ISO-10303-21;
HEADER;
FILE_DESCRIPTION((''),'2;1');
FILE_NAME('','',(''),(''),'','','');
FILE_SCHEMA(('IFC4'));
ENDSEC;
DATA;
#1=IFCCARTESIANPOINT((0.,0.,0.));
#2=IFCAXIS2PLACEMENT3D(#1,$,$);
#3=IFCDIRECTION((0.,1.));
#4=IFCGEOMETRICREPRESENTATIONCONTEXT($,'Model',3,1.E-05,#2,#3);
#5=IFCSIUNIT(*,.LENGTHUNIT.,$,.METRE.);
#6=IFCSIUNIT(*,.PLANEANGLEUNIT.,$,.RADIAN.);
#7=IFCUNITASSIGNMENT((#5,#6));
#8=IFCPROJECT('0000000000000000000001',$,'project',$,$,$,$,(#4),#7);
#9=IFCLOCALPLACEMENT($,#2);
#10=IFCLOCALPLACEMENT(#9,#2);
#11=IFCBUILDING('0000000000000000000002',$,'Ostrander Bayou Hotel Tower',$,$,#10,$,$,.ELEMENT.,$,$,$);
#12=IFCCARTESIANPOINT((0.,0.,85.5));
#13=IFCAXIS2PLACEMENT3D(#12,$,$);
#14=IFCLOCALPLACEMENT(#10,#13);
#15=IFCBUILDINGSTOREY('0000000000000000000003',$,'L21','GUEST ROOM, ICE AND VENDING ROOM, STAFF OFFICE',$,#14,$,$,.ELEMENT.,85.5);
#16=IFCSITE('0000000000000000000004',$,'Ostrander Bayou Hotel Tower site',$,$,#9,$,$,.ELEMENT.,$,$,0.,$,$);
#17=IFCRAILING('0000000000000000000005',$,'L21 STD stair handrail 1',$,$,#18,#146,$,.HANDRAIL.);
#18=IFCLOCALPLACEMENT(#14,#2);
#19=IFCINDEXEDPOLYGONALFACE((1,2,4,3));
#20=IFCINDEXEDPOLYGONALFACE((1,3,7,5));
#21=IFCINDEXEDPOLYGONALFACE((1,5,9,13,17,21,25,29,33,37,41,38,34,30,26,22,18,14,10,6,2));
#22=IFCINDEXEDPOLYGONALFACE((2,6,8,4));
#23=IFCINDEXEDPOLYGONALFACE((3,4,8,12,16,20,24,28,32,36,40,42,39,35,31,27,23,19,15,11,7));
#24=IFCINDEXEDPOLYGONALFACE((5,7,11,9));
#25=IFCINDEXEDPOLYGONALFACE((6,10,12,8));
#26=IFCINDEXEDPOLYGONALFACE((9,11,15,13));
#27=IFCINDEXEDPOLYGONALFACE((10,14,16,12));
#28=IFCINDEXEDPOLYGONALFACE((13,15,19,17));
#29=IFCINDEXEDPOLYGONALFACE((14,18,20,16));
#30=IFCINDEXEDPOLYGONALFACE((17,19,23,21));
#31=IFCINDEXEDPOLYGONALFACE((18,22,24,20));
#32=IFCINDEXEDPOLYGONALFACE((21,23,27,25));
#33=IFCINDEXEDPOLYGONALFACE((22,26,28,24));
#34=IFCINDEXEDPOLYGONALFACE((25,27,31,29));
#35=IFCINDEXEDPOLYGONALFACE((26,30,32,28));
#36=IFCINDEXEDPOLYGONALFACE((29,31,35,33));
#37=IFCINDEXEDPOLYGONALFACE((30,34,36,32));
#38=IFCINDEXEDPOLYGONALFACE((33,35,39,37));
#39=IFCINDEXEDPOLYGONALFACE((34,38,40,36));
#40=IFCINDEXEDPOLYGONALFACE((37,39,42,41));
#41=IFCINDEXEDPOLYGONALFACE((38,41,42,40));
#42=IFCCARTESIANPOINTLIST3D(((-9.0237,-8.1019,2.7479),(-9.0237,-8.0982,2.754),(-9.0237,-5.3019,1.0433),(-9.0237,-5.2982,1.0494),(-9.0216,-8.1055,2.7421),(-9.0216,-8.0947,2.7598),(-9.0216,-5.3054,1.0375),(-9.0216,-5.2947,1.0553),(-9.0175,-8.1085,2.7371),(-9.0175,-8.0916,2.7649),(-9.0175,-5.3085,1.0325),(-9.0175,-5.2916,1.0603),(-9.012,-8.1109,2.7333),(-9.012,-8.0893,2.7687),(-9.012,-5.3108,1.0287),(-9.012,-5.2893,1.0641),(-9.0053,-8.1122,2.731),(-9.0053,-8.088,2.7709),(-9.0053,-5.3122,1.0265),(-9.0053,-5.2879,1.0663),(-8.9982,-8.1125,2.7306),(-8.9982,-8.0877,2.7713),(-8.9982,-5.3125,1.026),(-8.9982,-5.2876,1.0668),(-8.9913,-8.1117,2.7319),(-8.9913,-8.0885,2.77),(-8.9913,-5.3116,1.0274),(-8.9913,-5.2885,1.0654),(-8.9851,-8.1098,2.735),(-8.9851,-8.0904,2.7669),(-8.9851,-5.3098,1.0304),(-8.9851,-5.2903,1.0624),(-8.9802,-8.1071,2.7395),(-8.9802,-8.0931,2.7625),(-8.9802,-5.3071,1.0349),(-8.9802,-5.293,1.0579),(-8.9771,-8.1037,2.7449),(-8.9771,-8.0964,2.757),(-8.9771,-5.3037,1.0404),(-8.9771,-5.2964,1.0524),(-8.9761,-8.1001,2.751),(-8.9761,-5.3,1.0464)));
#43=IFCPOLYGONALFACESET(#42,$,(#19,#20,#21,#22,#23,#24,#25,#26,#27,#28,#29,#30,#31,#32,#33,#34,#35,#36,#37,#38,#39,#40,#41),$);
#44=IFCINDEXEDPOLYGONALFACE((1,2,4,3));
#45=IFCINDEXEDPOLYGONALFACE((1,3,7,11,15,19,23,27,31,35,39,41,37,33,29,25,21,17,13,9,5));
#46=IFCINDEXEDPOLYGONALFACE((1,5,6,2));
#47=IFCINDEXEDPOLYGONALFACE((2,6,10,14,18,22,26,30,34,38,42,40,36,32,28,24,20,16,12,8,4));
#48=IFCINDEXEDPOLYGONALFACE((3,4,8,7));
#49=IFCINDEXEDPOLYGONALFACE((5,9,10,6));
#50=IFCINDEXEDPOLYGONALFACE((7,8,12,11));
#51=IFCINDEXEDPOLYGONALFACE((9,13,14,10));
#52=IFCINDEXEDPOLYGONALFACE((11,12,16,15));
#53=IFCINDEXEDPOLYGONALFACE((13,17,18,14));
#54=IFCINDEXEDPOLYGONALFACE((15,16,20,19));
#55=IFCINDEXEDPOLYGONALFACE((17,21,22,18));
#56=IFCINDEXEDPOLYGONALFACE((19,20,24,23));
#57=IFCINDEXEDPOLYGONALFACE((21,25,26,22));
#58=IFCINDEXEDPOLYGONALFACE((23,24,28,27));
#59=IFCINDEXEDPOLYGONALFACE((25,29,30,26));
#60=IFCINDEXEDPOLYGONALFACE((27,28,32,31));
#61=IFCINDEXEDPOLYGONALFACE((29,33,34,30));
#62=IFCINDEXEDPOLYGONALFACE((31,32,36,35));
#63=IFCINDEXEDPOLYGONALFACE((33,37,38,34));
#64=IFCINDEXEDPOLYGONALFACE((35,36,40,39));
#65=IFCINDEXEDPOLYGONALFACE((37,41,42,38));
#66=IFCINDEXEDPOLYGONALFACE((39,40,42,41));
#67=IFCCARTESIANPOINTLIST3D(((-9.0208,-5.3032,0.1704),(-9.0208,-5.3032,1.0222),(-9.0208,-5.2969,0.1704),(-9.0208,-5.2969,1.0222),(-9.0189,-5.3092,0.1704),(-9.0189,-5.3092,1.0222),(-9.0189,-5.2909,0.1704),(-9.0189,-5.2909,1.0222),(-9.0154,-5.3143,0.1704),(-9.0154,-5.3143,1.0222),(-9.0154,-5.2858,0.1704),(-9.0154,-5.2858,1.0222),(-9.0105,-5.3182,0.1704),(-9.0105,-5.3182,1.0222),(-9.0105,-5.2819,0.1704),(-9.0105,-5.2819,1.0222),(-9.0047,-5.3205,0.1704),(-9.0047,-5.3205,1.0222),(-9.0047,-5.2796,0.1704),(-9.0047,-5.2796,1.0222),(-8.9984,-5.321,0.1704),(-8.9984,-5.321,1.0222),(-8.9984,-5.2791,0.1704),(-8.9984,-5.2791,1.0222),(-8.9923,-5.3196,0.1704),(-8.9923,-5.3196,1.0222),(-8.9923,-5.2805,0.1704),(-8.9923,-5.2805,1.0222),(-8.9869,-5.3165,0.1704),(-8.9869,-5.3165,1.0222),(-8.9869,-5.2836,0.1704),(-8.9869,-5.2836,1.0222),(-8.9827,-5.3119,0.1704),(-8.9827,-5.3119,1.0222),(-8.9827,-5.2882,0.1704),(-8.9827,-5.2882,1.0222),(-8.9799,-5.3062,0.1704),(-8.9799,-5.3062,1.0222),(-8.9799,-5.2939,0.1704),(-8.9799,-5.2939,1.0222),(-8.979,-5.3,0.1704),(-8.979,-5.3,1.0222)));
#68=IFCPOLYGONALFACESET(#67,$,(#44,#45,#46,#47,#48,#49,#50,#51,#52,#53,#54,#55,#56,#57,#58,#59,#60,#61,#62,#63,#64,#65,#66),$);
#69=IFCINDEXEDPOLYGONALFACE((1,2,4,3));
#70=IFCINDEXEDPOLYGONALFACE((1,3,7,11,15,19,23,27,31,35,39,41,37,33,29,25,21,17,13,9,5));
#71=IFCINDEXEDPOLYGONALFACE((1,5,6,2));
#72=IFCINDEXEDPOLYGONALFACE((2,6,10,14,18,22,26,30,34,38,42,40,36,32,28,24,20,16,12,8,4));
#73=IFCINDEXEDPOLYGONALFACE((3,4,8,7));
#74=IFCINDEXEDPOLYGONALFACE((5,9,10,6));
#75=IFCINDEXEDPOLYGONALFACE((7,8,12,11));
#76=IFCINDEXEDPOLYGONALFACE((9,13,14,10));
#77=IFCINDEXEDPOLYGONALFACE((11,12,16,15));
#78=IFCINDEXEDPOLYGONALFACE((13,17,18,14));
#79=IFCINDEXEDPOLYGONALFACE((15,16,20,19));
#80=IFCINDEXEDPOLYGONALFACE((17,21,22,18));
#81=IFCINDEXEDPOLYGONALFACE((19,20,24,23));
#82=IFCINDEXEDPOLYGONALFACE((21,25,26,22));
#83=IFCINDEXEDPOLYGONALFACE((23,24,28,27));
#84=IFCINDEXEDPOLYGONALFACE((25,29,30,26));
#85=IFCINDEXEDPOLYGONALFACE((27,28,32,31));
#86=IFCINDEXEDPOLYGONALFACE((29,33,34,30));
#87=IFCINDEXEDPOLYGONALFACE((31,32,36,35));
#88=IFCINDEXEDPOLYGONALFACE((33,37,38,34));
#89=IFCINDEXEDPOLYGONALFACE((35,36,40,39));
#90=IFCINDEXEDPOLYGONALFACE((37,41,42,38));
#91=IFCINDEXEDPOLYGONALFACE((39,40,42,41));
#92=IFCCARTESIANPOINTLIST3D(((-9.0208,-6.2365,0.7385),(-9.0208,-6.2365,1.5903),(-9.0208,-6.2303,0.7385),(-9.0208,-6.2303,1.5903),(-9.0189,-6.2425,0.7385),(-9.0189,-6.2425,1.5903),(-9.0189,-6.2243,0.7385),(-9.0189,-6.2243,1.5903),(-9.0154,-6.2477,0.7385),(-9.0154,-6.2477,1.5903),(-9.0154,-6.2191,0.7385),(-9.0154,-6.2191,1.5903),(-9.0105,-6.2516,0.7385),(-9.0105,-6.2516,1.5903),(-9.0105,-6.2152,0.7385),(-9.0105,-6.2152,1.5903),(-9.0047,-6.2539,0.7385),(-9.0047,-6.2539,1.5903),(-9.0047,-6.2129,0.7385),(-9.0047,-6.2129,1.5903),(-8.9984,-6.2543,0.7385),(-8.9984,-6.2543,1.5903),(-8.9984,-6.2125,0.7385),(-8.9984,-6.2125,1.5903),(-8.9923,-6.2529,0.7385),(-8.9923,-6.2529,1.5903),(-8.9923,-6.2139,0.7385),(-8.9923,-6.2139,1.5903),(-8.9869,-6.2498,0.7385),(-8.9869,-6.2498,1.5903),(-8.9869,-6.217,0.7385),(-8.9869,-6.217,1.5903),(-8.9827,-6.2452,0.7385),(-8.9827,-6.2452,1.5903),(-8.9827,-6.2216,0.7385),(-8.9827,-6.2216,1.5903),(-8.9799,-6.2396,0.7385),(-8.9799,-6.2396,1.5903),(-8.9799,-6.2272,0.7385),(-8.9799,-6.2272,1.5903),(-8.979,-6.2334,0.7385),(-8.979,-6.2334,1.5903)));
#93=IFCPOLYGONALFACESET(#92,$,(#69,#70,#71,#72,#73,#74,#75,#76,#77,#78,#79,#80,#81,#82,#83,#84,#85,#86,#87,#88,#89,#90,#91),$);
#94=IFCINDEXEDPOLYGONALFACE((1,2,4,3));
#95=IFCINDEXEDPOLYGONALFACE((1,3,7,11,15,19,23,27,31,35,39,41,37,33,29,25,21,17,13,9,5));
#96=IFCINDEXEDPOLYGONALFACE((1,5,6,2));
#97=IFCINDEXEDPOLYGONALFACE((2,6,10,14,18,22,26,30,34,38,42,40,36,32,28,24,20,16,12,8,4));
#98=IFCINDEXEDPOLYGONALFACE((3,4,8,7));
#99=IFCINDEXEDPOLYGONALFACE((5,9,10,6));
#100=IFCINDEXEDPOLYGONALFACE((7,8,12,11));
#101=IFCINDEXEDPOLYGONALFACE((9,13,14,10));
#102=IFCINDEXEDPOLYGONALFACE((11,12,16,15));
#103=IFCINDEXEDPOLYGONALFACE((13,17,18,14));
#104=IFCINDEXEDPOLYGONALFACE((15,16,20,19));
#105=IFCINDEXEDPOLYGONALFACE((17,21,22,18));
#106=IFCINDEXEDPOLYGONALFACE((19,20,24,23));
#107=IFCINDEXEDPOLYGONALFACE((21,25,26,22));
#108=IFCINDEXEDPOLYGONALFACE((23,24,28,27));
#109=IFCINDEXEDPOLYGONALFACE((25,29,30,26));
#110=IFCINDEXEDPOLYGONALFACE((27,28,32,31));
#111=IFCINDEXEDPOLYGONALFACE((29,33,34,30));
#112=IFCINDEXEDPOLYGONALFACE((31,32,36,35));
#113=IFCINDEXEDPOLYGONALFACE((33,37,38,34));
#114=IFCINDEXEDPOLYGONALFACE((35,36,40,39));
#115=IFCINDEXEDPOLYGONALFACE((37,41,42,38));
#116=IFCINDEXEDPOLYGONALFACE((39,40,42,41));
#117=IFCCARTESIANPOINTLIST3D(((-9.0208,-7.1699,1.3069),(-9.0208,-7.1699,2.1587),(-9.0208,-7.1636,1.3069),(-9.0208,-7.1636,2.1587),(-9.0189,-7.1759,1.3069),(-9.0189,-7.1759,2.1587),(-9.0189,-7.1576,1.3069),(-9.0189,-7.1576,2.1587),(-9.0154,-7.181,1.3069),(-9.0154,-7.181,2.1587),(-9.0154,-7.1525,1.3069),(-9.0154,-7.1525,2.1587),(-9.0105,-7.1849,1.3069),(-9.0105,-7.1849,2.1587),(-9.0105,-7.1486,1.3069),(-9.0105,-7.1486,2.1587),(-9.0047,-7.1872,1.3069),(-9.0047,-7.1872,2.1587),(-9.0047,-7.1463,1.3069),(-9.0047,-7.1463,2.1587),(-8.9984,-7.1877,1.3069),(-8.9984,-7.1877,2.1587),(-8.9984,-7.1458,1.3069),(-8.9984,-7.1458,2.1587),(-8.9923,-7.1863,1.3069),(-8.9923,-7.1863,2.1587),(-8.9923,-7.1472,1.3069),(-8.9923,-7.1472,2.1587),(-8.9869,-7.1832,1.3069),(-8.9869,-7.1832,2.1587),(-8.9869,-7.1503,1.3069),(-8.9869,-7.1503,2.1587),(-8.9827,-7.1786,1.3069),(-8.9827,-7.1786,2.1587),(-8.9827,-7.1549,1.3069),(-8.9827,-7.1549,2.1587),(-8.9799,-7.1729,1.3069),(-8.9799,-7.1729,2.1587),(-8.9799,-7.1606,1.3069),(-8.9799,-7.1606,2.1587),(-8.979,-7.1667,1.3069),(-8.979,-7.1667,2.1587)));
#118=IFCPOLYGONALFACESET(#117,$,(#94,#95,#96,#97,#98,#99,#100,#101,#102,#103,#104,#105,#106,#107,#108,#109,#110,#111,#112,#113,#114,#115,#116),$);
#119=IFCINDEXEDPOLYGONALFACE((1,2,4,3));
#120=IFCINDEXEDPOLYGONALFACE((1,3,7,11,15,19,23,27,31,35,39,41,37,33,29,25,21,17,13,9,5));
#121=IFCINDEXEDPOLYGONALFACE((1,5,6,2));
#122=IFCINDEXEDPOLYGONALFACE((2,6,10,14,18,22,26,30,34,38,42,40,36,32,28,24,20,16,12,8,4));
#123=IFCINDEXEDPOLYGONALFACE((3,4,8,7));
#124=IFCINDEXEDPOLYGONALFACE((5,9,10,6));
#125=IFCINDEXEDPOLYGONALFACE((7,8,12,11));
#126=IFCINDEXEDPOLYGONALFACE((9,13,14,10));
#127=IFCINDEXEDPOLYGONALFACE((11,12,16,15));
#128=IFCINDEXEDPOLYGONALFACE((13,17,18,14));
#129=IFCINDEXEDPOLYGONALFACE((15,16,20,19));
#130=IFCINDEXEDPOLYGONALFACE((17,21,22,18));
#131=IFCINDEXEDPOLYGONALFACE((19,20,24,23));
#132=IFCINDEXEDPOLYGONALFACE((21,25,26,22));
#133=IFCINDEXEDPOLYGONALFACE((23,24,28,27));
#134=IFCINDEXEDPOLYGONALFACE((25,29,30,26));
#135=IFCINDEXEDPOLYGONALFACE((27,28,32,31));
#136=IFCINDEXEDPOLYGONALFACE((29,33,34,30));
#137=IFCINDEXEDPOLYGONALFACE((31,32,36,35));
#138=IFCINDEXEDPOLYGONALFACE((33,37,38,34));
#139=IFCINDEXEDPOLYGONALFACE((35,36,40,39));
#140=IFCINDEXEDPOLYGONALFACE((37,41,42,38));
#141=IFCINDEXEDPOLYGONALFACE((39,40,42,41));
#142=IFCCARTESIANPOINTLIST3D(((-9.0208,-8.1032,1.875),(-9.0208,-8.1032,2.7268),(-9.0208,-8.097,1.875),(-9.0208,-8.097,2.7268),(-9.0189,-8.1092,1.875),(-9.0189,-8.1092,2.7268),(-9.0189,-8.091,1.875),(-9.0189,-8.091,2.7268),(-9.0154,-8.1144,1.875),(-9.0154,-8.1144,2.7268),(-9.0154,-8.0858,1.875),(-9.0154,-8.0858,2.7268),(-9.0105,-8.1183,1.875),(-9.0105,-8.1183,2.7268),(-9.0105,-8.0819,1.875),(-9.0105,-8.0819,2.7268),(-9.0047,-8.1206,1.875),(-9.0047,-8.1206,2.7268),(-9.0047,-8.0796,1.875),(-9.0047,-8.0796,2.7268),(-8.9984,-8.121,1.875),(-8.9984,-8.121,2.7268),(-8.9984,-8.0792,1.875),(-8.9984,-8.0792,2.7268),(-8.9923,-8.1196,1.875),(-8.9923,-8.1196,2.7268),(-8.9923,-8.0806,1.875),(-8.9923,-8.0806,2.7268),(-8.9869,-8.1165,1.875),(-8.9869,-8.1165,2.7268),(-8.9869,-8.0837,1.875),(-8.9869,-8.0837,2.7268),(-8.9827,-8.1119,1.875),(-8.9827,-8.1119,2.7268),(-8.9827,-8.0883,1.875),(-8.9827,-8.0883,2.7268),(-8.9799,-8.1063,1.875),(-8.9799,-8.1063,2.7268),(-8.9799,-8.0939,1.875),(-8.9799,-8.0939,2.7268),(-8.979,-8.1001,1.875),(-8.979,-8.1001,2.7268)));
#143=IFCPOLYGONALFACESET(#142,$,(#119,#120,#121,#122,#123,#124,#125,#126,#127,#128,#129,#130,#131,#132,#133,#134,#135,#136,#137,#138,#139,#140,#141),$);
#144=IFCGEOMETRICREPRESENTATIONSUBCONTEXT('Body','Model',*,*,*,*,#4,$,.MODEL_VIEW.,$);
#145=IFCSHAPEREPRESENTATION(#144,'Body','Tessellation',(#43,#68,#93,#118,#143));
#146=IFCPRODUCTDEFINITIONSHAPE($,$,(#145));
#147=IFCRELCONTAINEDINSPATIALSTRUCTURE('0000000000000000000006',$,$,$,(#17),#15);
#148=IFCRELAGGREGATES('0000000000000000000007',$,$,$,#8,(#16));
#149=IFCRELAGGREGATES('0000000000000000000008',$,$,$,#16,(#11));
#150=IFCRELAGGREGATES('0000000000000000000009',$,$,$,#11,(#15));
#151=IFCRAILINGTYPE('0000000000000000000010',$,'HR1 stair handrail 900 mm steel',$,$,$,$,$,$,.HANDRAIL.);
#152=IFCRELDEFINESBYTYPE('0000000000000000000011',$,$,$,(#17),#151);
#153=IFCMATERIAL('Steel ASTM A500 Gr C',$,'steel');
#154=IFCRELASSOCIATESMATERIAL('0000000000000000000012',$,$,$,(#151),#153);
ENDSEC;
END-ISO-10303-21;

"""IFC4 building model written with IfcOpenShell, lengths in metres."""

from ifc_helpers import new_model, si_unit, direction, frame, origin, origin_2d, place, context, subcontext, project, spatial, circle, extrude, material, type_object, element, save


model = new_model("IFC4")

# Units and contexts
model_context = context("Model", 3, precision=1e-05, world=origin(), true_north=direction((0.0, 1.0)))
body_context = subcontext(model_context, "Body", "Model", "MODEL_VIEW")
ifc_project = project(units=[si_unit("LENGTHUNIT", "METRE"), si_unit("PLANEANGLEUNIT", "RADIAN")], contexts=[model_context])

# Site, building, storey
site_placement = place(None, origin())
site = spatial("IfcSite", under=ifc_project, at=site_placement, Name="Ostrander Bayou Hotel Tower site", CompositionType="ELEMENT", RefElevation=0.0)
building_placement = place(site_placement, origin())
building = spatial("IfcBuilding", under=site, at=building_placement, Name="Ostrander Bayou Hotel Tower", CompositionType="ELEMENT")
storey_placement = place(building_placement, frame((0.0, 0.0, 85.5)))
storey = spatial("IfcBuildingStorey", under=building, at=storey_placement, Name="L21", Description="GUEST ROOM, ICE AND VENDING ROOM, STAFF OFFICE", CompositionType="ELEMENT", Elevation=85.5)

# Railing
ifc_material_1 = material(Name="Steel ASTM A500 Gr C", Category="steel")
railing_type_1 = type_object("IfcRailingType", Name="HR1 stair handrail 900 mm steel", PredefinedType="HANDRAIL", material=ifc_material_1)
railing_1_placement = place(storey_placement, frame((-9.0, -5.3, 0.1704)))
element("IfcRailing", 1, at=railing_1_placement, inside=storey, type_object=railing_type_1, Name="L21 STD stair handrail 1", PredefinedType="HANDRAIL", context=body_context, shape_type="SweptSolid", body=[
    extrude(circle(Radius=0.0239, at=origin_2d()), frame((0.0, 0.0, 0.876), z_axis=(0.0, -0.85417, 0.519994), x_axis=(1.0, 0.0, 0.0)), (0.0, 0.0, 1.0), 3.2781),
    extrude(circle(Radius=0.021, at=origin_2d()), origin(), (0.0, 0.0, 1.0), 0.8518),
    extrude(circle(Radius=0.021, at=origin_2d()), frame((0.0, -0.9333, 0.5681)), (0.0, 0.0, 1.0), 0.8518),
    extrude(circle(Radius=0.021, at=origin_2d()), frame((0.0, -1.8667, 1.1365)), (0.0, 0.0, 1.0), 0.8518),
    extrude(circle(Radius=0.021, at=origin_2d()), frame((0.0, -2.8, 1.7046)), (0.0, 0.0, 1.0), 0.8518),
])

save(model, "model.ifc")
